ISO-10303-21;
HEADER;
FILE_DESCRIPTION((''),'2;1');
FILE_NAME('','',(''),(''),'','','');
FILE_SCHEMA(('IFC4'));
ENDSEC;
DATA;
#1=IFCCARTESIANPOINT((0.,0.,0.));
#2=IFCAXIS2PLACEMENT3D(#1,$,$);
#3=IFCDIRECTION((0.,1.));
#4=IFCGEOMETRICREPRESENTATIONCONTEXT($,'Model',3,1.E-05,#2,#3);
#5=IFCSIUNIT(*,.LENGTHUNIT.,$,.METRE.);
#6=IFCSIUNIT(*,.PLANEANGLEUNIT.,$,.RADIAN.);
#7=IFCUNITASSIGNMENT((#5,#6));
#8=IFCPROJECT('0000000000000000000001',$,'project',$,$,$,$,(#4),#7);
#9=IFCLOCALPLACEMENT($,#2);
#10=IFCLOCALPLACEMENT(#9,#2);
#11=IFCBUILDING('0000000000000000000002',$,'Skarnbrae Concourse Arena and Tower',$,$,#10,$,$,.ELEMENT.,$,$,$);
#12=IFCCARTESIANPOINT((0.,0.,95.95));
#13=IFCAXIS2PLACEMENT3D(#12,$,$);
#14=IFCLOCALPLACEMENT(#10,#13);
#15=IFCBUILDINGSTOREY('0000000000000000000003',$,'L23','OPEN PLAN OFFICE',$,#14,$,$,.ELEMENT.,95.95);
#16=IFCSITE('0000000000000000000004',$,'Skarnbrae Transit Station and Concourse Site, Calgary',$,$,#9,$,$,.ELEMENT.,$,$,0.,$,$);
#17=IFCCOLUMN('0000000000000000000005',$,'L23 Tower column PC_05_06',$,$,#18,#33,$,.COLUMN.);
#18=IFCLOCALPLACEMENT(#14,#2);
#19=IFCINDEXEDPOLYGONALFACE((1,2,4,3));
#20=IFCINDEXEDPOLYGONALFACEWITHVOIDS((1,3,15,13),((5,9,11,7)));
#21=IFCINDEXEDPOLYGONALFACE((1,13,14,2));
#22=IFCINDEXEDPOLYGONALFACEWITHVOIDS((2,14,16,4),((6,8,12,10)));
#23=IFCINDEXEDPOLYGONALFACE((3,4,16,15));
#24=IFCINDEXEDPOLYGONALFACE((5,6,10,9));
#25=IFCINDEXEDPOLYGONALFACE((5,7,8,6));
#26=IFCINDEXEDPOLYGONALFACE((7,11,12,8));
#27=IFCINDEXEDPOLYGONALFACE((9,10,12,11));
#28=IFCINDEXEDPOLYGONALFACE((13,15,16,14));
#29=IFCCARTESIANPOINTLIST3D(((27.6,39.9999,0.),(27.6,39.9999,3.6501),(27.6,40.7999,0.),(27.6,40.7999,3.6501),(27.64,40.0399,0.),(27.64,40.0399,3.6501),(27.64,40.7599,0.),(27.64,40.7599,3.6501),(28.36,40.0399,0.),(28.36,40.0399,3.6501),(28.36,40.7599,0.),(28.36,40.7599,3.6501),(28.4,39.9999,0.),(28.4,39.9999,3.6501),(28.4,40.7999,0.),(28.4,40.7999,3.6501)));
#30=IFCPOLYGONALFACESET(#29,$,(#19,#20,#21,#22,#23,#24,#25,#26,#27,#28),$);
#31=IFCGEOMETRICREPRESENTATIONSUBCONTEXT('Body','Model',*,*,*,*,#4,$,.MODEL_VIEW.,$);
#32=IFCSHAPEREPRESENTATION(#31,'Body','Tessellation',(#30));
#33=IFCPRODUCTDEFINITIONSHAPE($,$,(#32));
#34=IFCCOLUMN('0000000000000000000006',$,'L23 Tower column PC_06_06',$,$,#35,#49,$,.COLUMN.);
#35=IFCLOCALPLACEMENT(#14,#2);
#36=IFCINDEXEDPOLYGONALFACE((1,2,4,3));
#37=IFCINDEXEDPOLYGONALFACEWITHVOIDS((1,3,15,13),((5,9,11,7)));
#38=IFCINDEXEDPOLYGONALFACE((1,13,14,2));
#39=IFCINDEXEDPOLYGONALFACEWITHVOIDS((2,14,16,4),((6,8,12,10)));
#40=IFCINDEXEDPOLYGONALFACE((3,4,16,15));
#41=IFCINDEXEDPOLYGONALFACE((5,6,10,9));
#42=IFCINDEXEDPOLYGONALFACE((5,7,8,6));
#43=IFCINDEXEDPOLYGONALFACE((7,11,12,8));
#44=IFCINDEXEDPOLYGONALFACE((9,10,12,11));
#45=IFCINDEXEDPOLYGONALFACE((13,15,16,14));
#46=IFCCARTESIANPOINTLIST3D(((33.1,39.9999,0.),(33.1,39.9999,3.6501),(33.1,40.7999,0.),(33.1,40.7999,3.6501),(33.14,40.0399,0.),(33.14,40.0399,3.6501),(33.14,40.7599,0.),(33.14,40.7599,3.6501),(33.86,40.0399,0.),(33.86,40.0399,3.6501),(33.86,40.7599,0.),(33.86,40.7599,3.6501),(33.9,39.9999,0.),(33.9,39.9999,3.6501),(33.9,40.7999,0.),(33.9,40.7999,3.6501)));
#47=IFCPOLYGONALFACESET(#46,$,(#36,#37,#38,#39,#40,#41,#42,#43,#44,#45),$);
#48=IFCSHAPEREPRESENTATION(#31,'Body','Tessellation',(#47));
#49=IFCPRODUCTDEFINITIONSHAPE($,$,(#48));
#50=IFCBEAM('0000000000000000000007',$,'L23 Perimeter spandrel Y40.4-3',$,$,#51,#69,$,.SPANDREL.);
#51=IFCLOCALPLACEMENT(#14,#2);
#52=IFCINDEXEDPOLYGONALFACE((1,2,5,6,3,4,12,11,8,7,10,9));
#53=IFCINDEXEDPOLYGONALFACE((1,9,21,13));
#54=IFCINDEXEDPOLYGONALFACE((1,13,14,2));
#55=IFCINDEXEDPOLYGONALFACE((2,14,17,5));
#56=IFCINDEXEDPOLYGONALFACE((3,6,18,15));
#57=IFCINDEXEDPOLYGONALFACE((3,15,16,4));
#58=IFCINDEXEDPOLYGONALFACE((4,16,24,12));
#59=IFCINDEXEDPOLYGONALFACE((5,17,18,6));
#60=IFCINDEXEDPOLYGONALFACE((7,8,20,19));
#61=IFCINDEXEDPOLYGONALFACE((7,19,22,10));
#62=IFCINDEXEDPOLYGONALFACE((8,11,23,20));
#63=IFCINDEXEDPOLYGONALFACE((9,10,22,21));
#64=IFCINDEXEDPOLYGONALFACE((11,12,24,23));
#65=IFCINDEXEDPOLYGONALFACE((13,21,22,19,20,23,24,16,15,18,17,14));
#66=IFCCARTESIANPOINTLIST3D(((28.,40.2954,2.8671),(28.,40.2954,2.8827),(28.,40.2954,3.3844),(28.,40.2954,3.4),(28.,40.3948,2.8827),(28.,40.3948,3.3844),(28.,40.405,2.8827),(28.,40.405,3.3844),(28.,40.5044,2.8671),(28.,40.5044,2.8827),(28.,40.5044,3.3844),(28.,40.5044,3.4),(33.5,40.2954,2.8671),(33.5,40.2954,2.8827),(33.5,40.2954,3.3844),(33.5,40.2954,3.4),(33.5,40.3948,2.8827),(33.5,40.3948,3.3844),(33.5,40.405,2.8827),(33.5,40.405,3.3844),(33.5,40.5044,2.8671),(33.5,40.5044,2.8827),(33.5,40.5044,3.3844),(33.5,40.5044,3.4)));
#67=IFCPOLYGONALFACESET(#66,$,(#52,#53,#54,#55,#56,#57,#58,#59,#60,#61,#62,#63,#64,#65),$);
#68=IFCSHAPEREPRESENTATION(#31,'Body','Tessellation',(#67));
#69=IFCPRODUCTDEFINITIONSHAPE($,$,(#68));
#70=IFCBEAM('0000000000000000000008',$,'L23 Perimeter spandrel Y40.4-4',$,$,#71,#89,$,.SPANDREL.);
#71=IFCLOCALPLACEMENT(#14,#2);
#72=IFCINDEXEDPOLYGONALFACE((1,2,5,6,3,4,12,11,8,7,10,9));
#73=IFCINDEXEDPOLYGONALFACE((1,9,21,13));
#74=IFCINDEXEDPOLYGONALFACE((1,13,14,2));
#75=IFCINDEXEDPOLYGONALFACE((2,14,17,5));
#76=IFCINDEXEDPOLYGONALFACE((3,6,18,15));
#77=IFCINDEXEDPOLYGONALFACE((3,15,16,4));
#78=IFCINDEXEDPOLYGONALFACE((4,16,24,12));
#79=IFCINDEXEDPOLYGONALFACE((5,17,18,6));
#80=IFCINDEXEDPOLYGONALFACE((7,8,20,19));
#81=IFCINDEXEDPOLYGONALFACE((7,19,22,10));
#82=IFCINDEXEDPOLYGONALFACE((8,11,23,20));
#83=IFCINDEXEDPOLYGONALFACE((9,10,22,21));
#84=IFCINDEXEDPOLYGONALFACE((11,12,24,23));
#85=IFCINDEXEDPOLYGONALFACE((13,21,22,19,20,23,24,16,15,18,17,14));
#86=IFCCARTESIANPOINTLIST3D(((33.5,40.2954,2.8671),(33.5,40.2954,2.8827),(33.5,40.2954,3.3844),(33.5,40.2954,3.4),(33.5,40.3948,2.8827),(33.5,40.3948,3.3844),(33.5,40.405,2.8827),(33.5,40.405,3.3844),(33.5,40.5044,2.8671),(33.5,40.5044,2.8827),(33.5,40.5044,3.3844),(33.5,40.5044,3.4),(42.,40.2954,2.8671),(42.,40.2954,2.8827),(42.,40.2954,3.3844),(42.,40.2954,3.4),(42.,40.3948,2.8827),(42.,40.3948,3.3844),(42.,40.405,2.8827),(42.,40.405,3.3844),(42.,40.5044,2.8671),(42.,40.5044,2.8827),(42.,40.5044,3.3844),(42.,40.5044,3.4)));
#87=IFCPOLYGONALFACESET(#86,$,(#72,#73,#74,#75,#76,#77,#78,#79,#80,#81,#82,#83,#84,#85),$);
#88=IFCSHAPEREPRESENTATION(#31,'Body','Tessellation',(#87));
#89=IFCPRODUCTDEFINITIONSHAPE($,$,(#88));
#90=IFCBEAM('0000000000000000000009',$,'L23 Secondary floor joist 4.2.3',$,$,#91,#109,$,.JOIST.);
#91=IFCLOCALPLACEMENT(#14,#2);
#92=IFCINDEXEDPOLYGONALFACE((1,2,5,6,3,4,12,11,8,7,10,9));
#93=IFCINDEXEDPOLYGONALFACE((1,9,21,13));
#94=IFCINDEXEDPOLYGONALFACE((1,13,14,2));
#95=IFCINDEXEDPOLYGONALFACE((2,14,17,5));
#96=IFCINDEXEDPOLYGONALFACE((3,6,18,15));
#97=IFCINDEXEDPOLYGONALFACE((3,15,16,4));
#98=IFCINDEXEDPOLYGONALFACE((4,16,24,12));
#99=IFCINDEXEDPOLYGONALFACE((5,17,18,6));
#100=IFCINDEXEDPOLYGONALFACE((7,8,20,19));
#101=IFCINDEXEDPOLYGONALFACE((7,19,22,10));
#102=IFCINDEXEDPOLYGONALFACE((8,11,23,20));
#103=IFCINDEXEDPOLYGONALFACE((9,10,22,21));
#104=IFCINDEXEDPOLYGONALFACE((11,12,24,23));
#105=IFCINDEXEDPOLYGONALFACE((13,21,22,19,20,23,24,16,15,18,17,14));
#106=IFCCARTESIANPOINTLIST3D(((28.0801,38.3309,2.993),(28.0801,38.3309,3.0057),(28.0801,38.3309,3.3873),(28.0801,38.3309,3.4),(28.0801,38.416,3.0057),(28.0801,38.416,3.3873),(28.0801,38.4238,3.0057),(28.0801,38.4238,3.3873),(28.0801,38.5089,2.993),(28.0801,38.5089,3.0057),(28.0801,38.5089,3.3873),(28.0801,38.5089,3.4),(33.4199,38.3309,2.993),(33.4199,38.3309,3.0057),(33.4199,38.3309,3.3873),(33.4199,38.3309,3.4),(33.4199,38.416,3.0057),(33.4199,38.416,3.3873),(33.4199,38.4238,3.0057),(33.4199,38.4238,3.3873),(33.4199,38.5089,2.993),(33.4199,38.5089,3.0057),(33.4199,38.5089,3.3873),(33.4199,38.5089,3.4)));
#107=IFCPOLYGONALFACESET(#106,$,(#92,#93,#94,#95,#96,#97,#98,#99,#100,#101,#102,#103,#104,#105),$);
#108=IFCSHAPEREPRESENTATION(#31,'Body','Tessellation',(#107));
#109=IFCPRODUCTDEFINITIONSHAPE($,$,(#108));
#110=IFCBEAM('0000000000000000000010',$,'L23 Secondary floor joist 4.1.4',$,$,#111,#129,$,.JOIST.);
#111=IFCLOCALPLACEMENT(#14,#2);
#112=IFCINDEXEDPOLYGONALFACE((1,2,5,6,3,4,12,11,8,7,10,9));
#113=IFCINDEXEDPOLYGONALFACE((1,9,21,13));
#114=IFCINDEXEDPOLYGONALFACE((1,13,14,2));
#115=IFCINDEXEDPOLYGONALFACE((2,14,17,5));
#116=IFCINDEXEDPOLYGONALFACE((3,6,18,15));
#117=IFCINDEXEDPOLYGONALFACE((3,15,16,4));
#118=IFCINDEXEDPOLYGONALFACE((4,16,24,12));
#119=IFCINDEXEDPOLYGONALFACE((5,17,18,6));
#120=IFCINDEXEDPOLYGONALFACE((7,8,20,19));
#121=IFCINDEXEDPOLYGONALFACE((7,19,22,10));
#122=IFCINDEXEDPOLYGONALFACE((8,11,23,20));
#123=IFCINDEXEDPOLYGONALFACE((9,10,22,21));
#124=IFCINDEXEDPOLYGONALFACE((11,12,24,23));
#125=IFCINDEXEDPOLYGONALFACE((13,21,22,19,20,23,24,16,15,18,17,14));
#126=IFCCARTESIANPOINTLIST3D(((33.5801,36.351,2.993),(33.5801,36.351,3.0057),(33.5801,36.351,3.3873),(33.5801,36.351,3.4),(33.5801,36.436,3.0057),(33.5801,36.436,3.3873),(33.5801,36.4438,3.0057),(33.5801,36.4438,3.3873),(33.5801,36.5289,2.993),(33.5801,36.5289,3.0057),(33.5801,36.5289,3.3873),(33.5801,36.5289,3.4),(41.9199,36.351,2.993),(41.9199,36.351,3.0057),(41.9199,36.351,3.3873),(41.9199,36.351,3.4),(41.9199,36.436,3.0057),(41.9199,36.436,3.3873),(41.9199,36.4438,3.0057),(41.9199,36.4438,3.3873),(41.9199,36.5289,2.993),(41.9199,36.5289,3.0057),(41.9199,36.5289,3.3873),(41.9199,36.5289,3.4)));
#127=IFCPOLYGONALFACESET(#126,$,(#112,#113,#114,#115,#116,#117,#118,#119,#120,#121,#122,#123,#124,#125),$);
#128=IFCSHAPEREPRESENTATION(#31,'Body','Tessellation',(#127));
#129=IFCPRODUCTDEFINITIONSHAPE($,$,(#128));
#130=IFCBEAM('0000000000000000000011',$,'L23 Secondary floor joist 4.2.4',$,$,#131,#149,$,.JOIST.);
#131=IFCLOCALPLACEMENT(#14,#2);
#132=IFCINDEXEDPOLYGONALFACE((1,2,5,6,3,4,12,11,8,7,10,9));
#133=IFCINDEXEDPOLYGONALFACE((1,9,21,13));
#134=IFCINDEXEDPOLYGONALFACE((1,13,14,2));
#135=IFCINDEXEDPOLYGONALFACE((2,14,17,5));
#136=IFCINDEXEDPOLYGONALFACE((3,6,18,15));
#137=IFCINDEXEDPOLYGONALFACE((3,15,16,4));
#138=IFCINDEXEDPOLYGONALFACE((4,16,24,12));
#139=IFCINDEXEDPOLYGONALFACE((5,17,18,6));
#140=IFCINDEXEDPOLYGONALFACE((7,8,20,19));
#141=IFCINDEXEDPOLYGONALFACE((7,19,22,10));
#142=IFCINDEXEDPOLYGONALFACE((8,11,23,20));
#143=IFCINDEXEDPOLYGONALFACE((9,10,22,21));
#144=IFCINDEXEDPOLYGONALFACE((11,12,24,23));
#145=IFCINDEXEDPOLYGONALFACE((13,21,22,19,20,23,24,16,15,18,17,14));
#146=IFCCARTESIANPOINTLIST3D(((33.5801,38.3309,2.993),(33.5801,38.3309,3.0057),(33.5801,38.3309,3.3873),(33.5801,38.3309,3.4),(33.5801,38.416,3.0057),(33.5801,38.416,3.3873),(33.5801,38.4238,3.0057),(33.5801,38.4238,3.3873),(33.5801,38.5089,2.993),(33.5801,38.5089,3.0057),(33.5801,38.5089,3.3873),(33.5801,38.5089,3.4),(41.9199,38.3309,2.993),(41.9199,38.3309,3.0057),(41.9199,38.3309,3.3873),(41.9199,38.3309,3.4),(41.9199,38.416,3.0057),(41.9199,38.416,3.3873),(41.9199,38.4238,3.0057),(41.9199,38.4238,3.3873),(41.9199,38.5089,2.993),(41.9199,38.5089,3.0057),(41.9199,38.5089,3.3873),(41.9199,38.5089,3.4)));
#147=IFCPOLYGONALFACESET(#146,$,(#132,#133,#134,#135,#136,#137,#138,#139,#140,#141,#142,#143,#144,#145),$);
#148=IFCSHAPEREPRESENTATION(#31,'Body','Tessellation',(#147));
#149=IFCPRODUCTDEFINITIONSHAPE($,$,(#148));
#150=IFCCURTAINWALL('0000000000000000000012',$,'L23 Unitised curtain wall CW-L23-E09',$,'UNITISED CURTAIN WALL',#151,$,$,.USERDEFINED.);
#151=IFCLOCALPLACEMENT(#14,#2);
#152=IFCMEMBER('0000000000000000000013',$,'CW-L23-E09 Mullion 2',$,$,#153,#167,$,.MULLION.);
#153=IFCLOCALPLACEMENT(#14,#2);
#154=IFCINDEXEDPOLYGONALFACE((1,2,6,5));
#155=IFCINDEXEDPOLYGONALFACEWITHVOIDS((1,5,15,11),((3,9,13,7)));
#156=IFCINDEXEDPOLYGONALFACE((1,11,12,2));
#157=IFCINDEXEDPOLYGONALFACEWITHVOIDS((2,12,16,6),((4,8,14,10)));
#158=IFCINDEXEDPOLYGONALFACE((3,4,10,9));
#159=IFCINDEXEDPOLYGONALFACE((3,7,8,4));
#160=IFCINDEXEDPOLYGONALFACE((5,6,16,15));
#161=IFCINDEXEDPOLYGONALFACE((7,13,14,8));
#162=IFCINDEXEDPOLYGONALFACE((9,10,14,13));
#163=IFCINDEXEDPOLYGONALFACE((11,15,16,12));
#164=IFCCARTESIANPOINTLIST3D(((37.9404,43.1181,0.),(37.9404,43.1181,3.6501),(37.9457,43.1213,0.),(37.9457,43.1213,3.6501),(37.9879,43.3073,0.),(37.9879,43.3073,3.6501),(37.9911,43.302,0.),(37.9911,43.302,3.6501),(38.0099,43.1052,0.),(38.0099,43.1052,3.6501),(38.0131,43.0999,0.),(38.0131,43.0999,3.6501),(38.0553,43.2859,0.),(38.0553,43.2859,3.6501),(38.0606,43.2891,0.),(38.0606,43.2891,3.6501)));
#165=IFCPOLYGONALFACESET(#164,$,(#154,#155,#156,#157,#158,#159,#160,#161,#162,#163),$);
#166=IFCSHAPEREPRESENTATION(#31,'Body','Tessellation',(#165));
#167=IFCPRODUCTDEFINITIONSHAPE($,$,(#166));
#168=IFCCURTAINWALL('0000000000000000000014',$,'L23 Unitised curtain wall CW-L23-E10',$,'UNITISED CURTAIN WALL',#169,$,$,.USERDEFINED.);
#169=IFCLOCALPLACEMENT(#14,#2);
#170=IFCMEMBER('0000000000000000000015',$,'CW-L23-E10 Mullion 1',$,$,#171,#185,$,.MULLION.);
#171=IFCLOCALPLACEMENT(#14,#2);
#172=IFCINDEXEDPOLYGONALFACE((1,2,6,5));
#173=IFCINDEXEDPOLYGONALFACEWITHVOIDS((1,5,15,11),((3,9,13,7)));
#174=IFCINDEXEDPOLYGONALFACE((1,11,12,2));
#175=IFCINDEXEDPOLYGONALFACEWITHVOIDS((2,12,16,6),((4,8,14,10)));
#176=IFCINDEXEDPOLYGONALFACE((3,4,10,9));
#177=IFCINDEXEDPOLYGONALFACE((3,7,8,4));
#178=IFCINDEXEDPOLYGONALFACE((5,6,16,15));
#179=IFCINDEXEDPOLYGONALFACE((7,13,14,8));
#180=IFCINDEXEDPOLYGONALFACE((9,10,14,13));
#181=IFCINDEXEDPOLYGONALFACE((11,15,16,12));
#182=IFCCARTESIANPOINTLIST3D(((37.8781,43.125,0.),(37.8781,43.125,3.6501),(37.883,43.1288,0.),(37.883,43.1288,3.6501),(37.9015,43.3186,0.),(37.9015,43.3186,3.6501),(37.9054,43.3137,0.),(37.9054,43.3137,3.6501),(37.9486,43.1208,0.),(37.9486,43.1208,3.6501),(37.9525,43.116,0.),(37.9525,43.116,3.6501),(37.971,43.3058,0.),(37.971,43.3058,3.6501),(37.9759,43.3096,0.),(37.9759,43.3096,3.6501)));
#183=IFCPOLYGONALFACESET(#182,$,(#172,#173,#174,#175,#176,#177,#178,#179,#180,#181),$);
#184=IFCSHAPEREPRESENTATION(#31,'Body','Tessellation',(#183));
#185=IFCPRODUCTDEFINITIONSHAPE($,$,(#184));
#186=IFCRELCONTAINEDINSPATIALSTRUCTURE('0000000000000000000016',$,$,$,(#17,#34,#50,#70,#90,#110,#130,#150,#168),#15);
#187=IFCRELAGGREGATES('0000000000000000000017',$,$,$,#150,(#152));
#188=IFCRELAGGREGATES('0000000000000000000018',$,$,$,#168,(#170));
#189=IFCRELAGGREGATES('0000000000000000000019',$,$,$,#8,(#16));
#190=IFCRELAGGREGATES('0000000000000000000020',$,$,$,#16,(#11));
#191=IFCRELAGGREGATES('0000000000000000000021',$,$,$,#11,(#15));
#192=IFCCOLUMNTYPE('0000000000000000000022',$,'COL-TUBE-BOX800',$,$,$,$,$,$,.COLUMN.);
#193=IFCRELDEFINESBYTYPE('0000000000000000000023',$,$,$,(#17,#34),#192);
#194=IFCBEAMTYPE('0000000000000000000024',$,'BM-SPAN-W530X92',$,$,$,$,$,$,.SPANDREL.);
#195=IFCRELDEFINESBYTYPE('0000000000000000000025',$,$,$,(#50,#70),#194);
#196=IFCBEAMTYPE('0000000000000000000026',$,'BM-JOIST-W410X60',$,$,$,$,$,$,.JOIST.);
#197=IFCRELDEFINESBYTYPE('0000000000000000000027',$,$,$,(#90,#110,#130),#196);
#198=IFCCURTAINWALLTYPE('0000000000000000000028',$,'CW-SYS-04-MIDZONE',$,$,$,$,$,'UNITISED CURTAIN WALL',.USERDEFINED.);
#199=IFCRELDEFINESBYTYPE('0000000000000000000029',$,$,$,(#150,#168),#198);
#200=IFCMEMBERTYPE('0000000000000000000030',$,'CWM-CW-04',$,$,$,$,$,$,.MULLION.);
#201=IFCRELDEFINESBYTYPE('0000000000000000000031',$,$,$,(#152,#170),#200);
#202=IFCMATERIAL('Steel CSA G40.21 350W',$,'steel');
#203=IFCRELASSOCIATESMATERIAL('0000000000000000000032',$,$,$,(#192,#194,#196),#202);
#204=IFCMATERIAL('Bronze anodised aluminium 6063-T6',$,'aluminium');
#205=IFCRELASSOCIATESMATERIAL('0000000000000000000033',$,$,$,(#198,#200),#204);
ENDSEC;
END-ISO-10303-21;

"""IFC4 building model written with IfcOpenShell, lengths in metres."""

from ifc_helpers import new_model, si_unit, direction, frame, origin, origin_2d, place, context, subcontext, project, spatial, hollow_rectangle, i_section, extrude, source, transform, mapped, material, material_profile, profile_set, type_object, element, aggregate, save


model = new_model("IFC4")

# Units and contexts
model_context = context("Model", 3, precision=1e-05, world=origin(), true_north=direction((0.0, 1.0)))
body_context = subcontext(model_context, "Body", "Model", "MODEL_VIEW")
ifc_project = project(units=[si_unit("LENGTHUNIT", "METRE"), si_unit("PLANEANGLEUNIT", "RADIAN")], contexts=[model_context])

# Site, building, storey
site_placement = place(None, origin())
site = spatial("IfcSite", under=ifc_project, at=site_placement, Name="Skarnbrae Transit Station and Concourse Site, Calgary", CompositionType="ELEMENT", RefElevation=0.0)
building_placement = place(site_placement, origin())
building = spatial("IfcBuilding", under=site, at=building_placement, Name="Skarnbrae Concourse Arena and Tower", CompositionType="ELEMENT")
storey_placement = place(building_placement, frame((0.0, 0.0, 95.95)))
storey = spatial("IfcBuildingStorey", under=building, at=storey_placement, Name="L23", Description="OPEN PLAN OFFICE", CompositionType="ELEMENT", Elevation=95.95)

# Columns
ifc_material_1 = material(Name="Steel CSA G40.21 350W", Category="steel")
ifc_material_profile_1 = material_profile(ifc_material_1, hollow_rectangle(XDim=0.8, YDim=0.8, WallThickness=0.04, at=origin_2d()), Name="BOX800X800X40")
ifc_profile_set_1 = profile_set([ifc_material_profile_1], Name="Steel CSA G40.21 350W")
column_type = type_object("IfcColumnType", Name="COL-TUBE-BOX800", PredefinedType="COLUMN", material=ifc_profile_set_1)
shared_shape_1 = source(origin(), body_context, "Body", "SweptSolid", [
    extrude(hollow_rectangle(XDim=0.8, YDim=0.8, WallThickness=0.04, at=origin_2d()), origin(), (0.0, 0.0, 1.0), 3.6501),
])
for number, where, z_axis, x_axis, name in (
    (1, (28.0, 40.3999, 0.0), (0.0, 0.0, 1.0), (1.0, 0.0, 0.0), "L23 Tower column PC_05_06"),
    (2, (33.5, 40.3999, 0.0), (0.0, 0.0, 1.0), (1.0, 0.0, 0.0), "L23 Tower column PC_06_06"),
):
    element("IfcColumn", number, at=place(storey_placement, frame(where, z_axis=z_axis, x_axis=x_axis)), inside=storey, type_object=column_type, Name=name, PredefinedType="COLUMN", context=body_context, shape_type="MappedRepresentation", body=[
        mapped(shared_shape_1, transform((0.0, 0.0, 0.0))),
    ])

# Beams
ifc_material_profile_2 = material_profile(ifc_material_1, i_section(OverallWidth=0.209, OverallDepth=0.533, WebThickness=0.0103, FlangeThickness=0.0156, at=origin_2d()), Name="W530X92")
ifc_profile_set_2 = profile_set([ifc_material_profile_2], Name="Steel CSA G40.21 350W")
beam_type_1 = type_object("IfcBeamType", Name="BM-SPAN-W530X92", PredefinedType="SPANDREL", material=ifc_profile_set_2)
shared_shape_2 = source(origin(), body_context, "Body", "SweptSolid", [
    extrude(i_section(OverallWidth=0.209, OverallDepth=0.533, WebThickness=0.0103, FlangeThickness=0.0156, at=origin_2d()), origin(), (0.0, 0.0, 1.0), 5.5),
])
beam_1_placement = place(storey_placement, frame((28.0, 40.3999, 3.1335), z_axis=(1.0, 0.0, 0.0), x_axis=(0.0, 1.0, 0.0)))
element("IfcBeam", 3, at=beam_1_placement, inside=storey, type_object=beam_type_1, Name="L23 Perimeter spandrel Y40.4-3", PredefinedType="SPANDREL", context=body_context, shape_type="MappedRepresentation", body=[
    mapped(shared_shape_2, transform((0.0, 0.0, 0.0))),
])
shared_shape_3 = source(origin(), body_context, "Body", "SweptSolid", [
    extrude(i_section(OverallWidth=0.209, OverallDepth=0.533, WebThickness=0.0103, FlangeThickness=0.0156, at=origin_2d()), origin(), (0.0, 0.0, 1.0), 8.5),
])
beam_2_placement = place(storey_placement, frame((33.5, 40.3999, 3.1335), z_axis=(1.0, 0.0, 0.0), x_axis=(0.0, 1.0, 0.0)))
element("IfcBeam", 4, at=beam_2_placement, inside=storey, type_object=beam_type_1, Name="L23 Perimeter spandrel Y40.4-4", PredefinedType="SPANDREL", context=body_context, shape_type="MappedRepresentation", body=[
    mapped(shared_shape_3, transform((0.0, 0.0, 0.0))),
])
ifc_material_profile_3 = material_profile(ifc_material_1, i_section(OverallWidth=0.178, OverallDepth=0.407, WebThickness=0.0078, FlangeThickness=0.0127, at=origin_2d()), Name="W410X60")
ifc_profile_set_3 = profile_set([ifc_material_profile_3], Name="Steel CSA G40.21 350W")
beam_type_2 = type_object("IfcBeamType", Name="BM-JOIST-W410X60", PredefinedType="JOIST", material=ifc_profile_set_3)
shared_shape_4 = source(origin(), body_context, "Body", "SweptSolid", [
    extrude(i_section(OverallWidth=0.178, OverallDepth=0.407, WebThickness=0.0078, FlangeThickness=0.0127, at=origin_2d()), origin(), (0.0, 0.0, 1.0), 5.3398),
])
beam_3_placement = place(storey_placement, frame((28.0801, 38.4199, 3.1965), z_axis=(1.0, 0.0, 0.0), x_axis=(0.0, 1.0, 0.0)))
element("IfcBeam", 5, at=beam_3_placement, inside=storey, type_object=beam_type_2, Name="L23 Secondary floor joist 4.2.3", PredefinedType="JOIST", context=body_context, shape_type="MappedRepresentation", body=[
    mapped(shared_shape_4, transform((0.0, 0.0, 0.0))),
])
shared_shape_5 = source(origin(), body_context, "Body", "SweptSolid", [
    extrude(i_section(OverallWidth=0.178, OverallDepth=0.407, WebThickness=0.0078, FlangeThickness=0.0127, at=origin_2d()), origin(), (0.0, 0.0, 1.0), 8.3398),
])
for number, where, z_axis, x_axis, name in (
    (6, (33.5801, 36.4399, 3.1965), (1.0, 0.0, 0.0), (0.0, 1.0, 0.0), "L23 Secondary floor joist 4.1.4"),
    (7, (33.5801, 38.4199, 3.1965), (1.0, 0.0, 0.0), (0.0, 1.0, 0.0), "L23 Secondary floor joist 4.2.4"),
):
    element("IfcBeam", number, at=place(storey_placement, frame(where, z_axis=z_axis, x_axis=x_axis)), inside=storey, type_object=beam_type_2, Name=name, PredefinedType="JOIST", context=body_context, shape_type="MappedRepresentation", body=[
        mapped(shared_shape_5, transform((0.0, 0.0, 0.0))),
    ])

# Curtain wall, member
ifc_material_2 = material(Name="Bronze anodised aluminium 6063-T6", Category="aluminium")
curtain_wall_type = type_object("IfcCurtainWallType", Name="CW-SYS-04-MIDZONE", ElementType="UNITISED CURTAIN WALL", PredefinedType="USERDEFINED", material=ifc_material_2)
curtain_wall_1_placement = place(storey_placement, origin())
curtain_wall_1 = element("IfcCurtainWall", 8, at=curtain_wall_1_placement, inside=storey, type_object=curtain_wall_type, Name="L23 Unitised curtain wall CW-L23-E09", ObjectType="UNITISED CURTAIN WALL", PredefinedType="USERDEFINED")
ifc_material_profile_4 = material_profile(ifc_material_2, hollow_rectangle(XDim=0.075, YDim=0.1951, WallThickness=0.0044, at=origin_2d()), Name="ALU-MULL-75X195")
ifc_profile_set_4 = profile_set([ifc_material_profile_4], Name="Bronze anodised aluminium 6063-T6")
member_type_1 = type_object("IfcMemberType", Name="CWM-CW-04", PredefinedType="MULLION", material=ifc_profile_set_4)
shared_shape_6 = source(origin(), body_context, "Body", "SweptSolid", [
    extrude(hollow_rectangle(XDim=0.075, YDim=0.1951, WallThickness=0.0044, at=origin_2d()), origin(), (0.0, 0.0, 1.0), 3.6501),
])
member_1_placement = place(storey_placement, frame((38.0005, 43.2036, 0.0), z_axis=(0.0, 0.0, 1.0), x_axis=(-0.969903, 0.243491, 0.0)))
member_1 = element("IfcMember", 9, at=member_1_placement, type_object=member_type_1, Name="CW-L23-E09 Mullion 2", PredefinedType="MULLION", context=body_context, shape_type="MappedRepresentation", body=[
    mapped(shared_shape_6, transform((0.0, 0.0, 0.0))),
])
aggregate(curtain_wall_1, [member_1])

# Curtain wall, member
curtain_wall_2_placement = place(storey_placement, origin())
curtain_wall_2 = element("IfcCurtainWall", 10, at=curtain_wall_2_placement, inside=storey, type_object=curtain_wall_type, Name="L23 Unitised curtain wall CW-L23-E10", ObjectType="UNITISED CURTAIN WALL", PredefinedType="USERDEFINED")
member_2_placement = place(storey_placement, frame((37.927, 43.2173, 0.0), z_axis=(0.0, 0.0, 1.0), x_axis=(-0.992749, 0.120203, 0.0)))
member_2 = element("IfcMember", 11, at=member_2_placement, type_object=member_type_1, Name="CW-L23-E10 Mullion 1", PredefinedType="MULLION", context=body_context, shape_type="MappedRepresentation", body=[
    mapped(shared_shape_6, transform((0.0, 0.0, 0.0))),
])

aggregate(curtain_wall_2, [member_2])

save(model, "model.ifc")
